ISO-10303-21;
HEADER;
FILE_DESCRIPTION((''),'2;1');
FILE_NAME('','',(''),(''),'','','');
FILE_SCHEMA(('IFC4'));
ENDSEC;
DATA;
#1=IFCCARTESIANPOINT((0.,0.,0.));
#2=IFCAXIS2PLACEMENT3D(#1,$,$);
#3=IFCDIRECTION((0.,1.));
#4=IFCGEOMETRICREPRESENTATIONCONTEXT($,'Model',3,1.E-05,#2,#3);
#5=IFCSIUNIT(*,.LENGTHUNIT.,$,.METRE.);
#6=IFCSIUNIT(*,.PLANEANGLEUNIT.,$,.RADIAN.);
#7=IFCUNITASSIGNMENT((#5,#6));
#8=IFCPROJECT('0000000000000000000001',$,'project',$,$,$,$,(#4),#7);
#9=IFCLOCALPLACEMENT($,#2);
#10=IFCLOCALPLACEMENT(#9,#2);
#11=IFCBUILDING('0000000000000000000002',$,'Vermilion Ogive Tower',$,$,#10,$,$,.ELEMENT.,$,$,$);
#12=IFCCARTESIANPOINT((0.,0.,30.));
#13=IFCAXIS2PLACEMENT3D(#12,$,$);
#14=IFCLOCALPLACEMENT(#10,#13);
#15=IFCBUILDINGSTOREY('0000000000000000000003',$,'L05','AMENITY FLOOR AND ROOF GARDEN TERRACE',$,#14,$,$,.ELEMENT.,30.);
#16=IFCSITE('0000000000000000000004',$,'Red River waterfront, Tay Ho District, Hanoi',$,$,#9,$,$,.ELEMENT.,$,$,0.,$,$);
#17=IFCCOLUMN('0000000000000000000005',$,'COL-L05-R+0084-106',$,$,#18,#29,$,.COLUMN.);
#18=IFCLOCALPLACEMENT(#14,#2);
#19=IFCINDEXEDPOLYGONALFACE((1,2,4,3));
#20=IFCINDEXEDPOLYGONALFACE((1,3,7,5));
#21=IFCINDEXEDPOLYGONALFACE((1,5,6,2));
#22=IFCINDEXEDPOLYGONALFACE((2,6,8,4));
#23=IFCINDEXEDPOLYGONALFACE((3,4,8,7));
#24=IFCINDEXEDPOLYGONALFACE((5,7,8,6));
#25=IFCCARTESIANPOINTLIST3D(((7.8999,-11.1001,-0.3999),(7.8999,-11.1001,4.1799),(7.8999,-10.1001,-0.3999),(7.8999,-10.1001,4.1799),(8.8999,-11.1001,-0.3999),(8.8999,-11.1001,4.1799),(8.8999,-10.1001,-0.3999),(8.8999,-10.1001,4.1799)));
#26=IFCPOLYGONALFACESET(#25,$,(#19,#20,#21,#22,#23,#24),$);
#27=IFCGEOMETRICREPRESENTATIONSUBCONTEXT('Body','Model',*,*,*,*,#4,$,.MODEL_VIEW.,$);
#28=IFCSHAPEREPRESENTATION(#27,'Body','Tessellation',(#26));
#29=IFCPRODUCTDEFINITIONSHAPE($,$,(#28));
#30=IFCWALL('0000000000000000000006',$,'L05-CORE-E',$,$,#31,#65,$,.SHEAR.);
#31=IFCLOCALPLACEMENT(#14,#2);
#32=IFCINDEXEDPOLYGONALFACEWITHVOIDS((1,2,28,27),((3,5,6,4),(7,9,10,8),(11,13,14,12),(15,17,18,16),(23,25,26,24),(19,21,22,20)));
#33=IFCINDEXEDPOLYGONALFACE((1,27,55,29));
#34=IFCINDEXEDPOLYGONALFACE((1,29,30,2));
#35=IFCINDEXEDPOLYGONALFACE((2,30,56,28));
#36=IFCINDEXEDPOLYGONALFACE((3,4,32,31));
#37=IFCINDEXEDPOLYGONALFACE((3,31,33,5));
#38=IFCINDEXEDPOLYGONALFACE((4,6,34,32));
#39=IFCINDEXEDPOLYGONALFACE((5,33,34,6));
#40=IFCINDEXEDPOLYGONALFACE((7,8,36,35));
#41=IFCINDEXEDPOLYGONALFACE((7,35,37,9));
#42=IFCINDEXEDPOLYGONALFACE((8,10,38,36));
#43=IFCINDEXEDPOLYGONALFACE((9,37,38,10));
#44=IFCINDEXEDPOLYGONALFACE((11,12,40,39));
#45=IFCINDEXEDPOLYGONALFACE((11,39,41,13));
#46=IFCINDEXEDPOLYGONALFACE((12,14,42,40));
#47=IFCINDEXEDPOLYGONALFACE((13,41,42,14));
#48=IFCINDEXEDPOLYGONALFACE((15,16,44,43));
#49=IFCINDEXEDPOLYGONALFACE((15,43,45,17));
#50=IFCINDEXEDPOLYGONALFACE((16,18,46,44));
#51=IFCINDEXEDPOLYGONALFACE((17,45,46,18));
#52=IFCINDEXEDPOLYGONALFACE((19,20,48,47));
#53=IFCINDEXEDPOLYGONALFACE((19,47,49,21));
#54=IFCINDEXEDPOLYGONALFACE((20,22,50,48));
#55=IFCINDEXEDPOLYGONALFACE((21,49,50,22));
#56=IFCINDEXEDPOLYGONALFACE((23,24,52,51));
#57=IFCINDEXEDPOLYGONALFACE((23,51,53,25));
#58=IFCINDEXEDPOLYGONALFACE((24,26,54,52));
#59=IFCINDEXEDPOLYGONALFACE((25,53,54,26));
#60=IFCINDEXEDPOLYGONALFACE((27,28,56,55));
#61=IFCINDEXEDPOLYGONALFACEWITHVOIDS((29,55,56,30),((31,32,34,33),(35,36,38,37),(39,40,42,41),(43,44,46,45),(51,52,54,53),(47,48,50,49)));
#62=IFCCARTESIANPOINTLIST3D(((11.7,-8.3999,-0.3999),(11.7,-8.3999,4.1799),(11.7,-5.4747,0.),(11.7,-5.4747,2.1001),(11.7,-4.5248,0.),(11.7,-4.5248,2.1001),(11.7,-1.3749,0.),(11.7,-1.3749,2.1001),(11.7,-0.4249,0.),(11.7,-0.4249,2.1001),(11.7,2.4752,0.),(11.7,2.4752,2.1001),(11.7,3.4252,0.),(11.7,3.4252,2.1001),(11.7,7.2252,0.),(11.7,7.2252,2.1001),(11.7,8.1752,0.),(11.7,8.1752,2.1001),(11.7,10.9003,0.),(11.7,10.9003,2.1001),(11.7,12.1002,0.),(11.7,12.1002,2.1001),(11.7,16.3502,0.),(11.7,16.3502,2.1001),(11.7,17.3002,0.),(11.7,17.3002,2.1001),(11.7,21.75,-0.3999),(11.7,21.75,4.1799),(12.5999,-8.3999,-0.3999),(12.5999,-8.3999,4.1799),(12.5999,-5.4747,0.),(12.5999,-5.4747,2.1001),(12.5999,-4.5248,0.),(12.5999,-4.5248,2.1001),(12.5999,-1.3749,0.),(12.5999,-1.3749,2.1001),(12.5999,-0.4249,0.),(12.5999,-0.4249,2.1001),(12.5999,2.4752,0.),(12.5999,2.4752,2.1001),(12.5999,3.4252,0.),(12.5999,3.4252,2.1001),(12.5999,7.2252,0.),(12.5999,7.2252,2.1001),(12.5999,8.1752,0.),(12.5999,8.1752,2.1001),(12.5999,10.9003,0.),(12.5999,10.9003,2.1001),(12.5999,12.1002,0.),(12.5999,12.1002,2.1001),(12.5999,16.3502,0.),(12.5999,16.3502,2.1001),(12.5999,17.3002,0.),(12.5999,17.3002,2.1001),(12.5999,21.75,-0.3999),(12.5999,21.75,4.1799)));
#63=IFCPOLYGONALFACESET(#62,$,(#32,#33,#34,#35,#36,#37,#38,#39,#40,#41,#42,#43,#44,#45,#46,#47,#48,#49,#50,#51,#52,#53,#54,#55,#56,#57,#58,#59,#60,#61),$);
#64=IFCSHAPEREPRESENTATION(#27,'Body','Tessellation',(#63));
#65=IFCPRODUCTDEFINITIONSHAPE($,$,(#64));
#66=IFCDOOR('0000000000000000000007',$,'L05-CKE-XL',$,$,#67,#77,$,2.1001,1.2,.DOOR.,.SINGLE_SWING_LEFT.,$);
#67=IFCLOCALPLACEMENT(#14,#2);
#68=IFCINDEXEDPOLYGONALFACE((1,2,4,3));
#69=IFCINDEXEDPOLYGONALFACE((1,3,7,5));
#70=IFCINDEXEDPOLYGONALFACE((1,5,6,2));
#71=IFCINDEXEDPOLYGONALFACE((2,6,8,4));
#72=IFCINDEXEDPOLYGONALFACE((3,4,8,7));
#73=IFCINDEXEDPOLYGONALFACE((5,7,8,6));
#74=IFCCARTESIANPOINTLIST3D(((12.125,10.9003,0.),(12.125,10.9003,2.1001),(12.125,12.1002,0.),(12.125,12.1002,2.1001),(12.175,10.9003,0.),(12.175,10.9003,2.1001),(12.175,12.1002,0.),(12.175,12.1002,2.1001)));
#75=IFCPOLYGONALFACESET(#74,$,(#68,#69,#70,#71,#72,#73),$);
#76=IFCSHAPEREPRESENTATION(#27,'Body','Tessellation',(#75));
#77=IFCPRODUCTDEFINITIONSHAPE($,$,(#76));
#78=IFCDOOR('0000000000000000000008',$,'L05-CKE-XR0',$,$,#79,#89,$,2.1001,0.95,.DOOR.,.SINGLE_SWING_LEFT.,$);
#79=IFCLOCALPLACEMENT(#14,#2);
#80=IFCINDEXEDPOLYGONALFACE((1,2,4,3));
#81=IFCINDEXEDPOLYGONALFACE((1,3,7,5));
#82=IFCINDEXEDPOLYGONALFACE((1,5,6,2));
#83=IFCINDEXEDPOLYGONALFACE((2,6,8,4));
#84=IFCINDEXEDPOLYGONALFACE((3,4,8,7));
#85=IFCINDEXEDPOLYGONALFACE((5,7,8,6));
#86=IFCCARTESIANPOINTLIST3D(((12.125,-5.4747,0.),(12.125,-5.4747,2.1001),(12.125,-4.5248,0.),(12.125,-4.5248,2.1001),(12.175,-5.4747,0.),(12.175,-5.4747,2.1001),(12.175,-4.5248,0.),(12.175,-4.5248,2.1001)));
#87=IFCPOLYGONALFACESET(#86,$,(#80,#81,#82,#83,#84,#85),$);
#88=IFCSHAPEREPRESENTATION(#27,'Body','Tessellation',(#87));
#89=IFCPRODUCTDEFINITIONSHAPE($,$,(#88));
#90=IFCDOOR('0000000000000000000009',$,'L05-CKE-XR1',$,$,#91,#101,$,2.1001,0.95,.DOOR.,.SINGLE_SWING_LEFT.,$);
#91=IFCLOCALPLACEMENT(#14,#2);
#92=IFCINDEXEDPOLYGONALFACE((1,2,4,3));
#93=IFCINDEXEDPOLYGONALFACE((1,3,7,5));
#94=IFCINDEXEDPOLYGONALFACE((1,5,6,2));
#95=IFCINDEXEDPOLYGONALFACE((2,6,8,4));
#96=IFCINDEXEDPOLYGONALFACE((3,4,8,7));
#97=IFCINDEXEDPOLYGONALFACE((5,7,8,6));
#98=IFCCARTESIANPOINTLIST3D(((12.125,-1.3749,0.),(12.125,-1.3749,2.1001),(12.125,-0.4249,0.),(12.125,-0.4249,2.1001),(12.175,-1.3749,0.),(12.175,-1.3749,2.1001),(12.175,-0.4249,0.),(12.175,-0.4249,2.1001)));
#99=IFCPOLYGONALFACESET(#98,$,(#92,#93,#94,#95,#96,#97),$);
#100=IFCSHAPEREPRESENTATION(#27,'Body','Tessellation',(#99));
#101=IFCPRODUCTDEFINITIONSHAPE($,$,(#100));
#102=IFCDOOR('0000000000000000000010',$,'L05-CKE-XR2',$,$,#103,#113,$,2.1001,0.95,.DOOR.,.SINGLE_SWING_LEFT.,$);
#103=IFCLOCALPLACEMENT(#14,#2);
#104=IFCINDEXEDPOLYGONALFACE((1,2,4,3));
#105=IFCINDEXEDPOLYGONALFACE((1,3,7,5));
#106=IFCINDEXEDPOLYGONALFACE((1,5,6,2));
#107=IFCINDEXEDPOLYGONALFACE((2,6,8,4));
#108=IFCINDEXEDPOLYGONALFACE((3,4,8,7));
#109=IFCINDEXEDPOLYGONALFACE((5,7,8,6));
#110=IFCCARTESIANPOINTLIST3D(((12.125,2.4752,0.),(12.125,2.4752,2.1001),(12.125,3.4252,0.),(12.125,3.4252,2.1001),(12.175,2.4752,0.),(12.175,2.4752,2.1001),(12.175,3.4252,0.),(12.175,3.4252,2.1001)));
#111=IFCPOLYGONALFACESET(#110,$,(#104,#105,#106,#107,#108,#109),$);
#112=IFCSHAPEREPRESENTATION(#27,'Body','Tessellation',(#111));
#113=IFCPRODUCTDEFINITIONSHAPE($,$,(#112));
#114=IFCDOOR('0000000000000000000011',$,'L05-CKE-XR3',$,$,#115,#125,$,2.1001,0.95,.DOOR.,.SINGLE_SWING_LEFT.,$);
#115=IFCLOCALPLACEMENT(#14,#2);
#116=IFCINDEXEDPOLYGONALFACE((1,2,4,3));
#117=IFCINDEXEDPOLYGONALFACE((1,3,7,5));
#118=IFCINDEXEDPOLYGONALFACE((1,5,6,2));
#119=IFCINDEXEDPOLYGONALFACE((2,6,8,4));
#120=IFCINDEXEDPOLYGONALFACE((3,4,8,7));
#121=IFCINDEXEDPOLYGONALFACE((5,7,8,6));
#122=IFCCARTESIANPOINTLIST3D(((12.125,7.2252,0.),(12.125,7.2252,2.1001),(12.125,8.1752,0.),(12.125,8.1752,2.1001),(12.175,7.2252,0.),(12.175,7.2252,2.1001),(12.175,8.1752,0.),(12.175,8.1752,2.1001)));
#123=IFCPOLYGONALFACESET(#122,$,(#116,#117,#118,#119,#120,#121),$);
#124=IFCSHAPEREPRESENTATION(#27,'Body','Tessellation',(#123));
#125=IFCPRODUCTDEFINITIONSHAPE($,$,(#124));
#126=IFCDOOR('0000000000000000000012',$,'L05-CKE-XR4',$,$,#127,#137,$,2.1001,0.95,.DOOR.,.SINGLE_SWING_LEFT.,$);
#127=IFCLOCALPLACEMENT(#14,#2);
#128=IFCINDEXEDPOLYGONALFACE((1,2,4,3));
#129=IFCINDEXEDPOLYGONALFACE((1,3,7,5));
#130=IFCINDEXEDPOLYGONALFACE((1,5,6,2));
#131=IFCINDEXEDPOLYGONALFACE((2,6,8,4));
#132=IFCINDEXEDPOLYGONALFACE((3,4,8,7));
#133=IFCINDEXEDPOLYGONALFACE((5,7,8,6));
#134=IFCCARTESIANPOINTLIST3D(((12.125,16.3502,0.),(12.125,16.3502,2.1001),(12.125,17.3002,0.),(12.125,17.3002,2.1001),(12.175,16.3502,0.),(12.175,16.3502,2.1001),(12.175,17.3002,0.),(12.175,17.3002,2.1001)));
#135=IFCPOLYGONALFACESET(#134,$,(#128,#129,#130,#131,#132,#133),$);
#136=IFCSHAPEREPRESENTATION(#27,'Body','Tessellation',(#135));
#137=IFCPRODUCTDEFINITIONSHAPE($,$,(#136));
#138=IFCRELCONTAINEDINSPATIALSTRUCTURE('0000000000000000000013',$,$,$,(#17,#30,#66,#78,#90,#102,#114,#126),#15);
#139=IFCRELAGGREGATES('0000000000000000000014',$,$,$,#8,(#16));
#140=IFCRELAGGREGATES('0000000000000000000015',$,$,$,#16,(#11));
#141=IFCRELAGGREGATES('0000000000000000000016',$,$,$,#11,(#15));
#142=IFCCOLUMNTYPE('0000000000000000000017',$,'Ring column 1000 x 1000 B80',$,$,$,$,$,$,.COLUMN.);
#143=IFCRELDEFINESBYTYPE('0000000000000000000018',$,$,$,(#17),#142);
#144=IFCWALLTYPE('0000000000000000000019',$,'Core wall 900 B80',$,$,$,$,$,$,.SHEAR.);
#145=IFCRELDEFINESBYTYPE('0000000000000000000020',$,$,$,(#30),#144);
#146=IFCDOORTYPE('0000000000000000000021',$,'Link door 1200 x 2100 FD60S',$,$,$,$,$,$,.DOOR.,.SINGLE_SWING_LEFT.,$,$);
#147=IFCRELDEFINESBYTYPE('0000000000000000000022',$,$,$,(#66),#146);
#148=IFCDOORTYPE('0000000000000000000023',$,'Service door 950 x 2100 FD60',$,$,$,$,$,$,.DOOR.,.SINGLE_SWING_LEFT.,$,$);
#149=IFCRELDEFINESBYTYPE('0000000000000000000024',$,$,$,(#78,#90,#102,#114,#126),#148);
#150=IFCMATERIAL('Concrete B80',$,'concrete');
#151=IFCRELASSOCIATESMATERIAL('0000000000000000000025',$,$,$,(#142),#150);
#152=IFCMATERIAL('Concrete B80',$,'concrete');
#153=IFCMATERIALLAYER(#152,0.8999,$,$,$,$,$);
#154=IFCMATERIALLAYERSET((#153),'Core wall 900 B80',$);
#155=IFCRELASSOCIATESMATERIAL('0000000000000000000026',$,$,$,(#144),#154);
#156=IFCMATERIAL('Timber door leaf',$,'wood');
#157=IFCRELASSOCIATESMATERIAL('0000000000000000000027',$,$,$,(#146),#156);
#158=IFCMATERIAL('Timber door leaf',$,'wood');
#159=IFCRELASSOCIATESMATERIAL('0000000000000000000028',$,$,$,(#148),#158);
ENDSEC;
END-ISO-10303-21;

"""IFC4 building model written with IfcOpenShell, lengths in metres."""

from ifc_helpers import new_model, si_unit, direction, frame, frame_2d, origin, origin_2d, place, context, subcontext, project, spatial, rectangle, extrude, material, layer, layer_set, material_profile, profile_set, type_object, element, fill, save


model = new_model("IFC4")

# Units and contexts
model_context = context("Model", 3, precision=1e-05, world=origin(), true_north=direction((0.0, 1.0)))
body_context = subcontext(model_context, "Body", "Model", "MODEL_VIEW")
ifc_project = project(units=[si_unit("LENGTHUNIT", "METRE"), si_unit("PLANEANGLEUNIT", "RADIAN")], contexts=[model_context])

# Site, building, storey
site_placement = place(None, origin())
site = spatial("IfcSite", under=ifc_project, at=site_placement, Name="Red River waterfront, Tay Ho District, Hanoi", CompositionType="ELEMENT", RefElevation=0.0)
building_placement = place(site_placement, origin())
building = spatial("IfcBuilding", under=site, at=building_placement, Name="Vermilion Ogive Tower", CompositionType="ELEMENT")
storey_placement = place(building_placement, frame((0.0, 0.0, 30.0)))
storey = spatial("IfcBuildingStorey", under=building, at=storey_placement, Name="L05", Description="AMENITY FLOOR AND ROOF GARDEN TERRACE", CompositionType="ELEMENT", Elevation=30.0)

# Column
ifc_material_1 = material(Name="Concrete B80", Category="concrete")
ifc_material_profile = material_profile(ifc_material_1, rectangle(XDim=1.0, YDim=1.0, at=origin_2d()), Name="1000 x 1000")
ifc_profile_set = profile_set([ifc_material_profile], Name="Concrete B80")
column_type = type_object("IfcColumnType", Name="Ring column 1000 x 1000 B80", PredefinedType="COLUMN", material=ifc_profile_set)
column_placement = place(storey_placement, frame((8.3999, -10.6001, -0.3999), z_axis=(0.0, 0.0, 1.0), x_axis=(1.0, 0.0, 0.0)))
element("IfcColumn", 1, at=column_placement, inside=storey, type_object=column_type, Name="COL-L05-R+0084-106", PredefinedType="COLUMN", context=body_context, shape_type="SweptSolid", body=[
    extrude(rectangle(XDim=1.0, YDim=1.0, at=origin_2d()), origin(), (0.0, 0.0, 1.0), 4.5798),
])

# Wall, openings, doors
ifc_material_2 = material(Name="Concrete B80", Category="concrete")
ifc_layer_1 = layer(ifc_material_2, 0.8999)
ifc_layer_set_1 = layer_set([ifc_layer_1], Name="Core wall 900 B80")
wall_type_1 = type_object("IfcWallType", Name="Core wall 900 B80", PredefinedType="SHEAR", material=ifc_layer_set_1)
wall_1_placement = place(storey_placement, frame((12.1499, -8.3999, -0.3999), z_axis=(0.0, 0.0, 1.0), x_axis=(0.0, 1.0, 0.0)))
wall_1 = element("IfcWall", 2, at=wall_1_placement, inside=storey, type_object=wall_type_1, Name="L05-CORE-E", PredefinedType="SHEAR", context=body_context, shape_type="SweptSolid", body=[
    extrude(rectangle(XDim=30.1499, YDim=0.8999, at=frame_2d((15.075, 0.0))), origin(), (0.0, 0.0, 1.0), 4.5798),
])
opening_1_placement = place(wall_1_placement, frame((2.925, 0.0, 0.3999)))
opening_1 = element("IfcOpeningElement", 3, at=opening_1_placement, cuts=wall_1, PredefinedType="OPENING", context=body_context, shape_type="SweptSolid", body=[
    extrude(rectangle(XDim=0.95, YDim=2.1001, at=frame_2d((0.4751, 1.05))), frame((0.0, 0.46, 0.0), z_axis=(0.0, -1.0, 0.0), x_axis=(1.0, 0.0, 0.0)), (0.0, 0.0, 1.0), 0.9199),
])
opening_2_placement = place(wall_1_placement, frame((7.0249, 0.0, 0.3999)))
opening_2 = element("IfcOpeningElement", 4, at=opening_2_placement, cuts=wall_1, PredefinedType="OPENING", context=body_context, shape_type="SweptSolid", body=[
    extrude(rectangle(XDim=0.95, YDim=2.1001, at=frame_2d((0.4751, 1.05))), frame((0.0, 0.46, 0.0), z_axis=(0.0, -1.0, 0.0), x_axis=(1.0, 0.0, 0.0)), (0.0, 0.0, 1.0), 0.9199),
])
opening_3_placement = place(wall_1_placement, frame((10.875, 0.0, 0.3999)))
opening_3 = element("IfcOpeningElement", 5, at=opening_3_placement, cuts=wall_1, PredefinedType="OPENING", context=body_context, shape_type="SweptSolid", body=[
    extrude(rectangle(XDim=0.95, YDim=2.1001, at=frame_2d((0.4751, 1.05))), frame((0.0, 0.46, 0.0), z_axis=(0.0, -1.0, 0.0), x_axis=(1.0, 0.0, 0.0)), (0.0, 0.0, 1.0), 0.9199),
])
opening_4_placement = place(wall_1_placement, frame((15.625, 0.0, 0.3999)))
opening_4 = element("IfcOpeningElement", 6, at=opening_4_placement, cuts=wall_1, PredefinedType="OPENING", context=body_context, shape_type="SweptSolid", body=[
    extrude(rectangle(XDim=0.95, YDim=2.1001, at=frame_2d((0.4751, 1.05))), frame((0.0, 0.46, 0.0), z_axis=(0.0, -1.0, 0.0), x_axis=(1.0, 0.0, 0.0)), (0.0, 0.0, 1.0), 0.9199),
])
opening_5_placement = place(wall_1_placement, frame((24.75, 0.0, 0.3999)))
opening_5 = element("IfcOpeningElement", 7, at=opening_5_placement, cuts=wall_1, PredefinedType="OPENING", context=body_context, shape_type="SweptSolid", body=[
    extrude(rectangle(XDim=0.95, YDim=2.1001, at=frame_2d((0.4751, 1.05))), frame((0.0, 0.46, 0.0), z_axis=(0.0, -1.0, 0.0), x_axis=(1.0, 0.0, 0.0)), (0.0, 0.0, 1.0), 0.9199),
])
opening_6_placement = place(wall_1_placement, frame((19.3, 0.0, 0.3999)))
opening_6 = element("IfcOpeningElement", 8, at=opening_6_placement, cuts=wall_1, PredefinedType="OPENING", context=body_context, shape_type="SweptSolid", body=[
    extrude(rectangle(XDim=1.2, YDim=2.1001, at=frame_2d((0.6001, 1.05))), frame((0.0, 0.46, 0.0), z_axis=(0.0, -1.0, 0.0), x_axis=(1.0, 0.0, 0.0)), (0.0, 0.0, 1.0), 0.9199),
])
ifc_material_3 = material(Name="Timber door leaf", Category="wood")
door_type_1 = type_object("IfcDoorType", Name="Link door 1200 x 2100 FD60S", OperationType="SINGLE_SWING_LEFT", PredefinedType="DOOR", material=ifc_material_3)
door_1_placement = place(opening_6_placement, origin())
door_1 = element("IfcDoor", 9, at=door_1_placement, inside=storey, type_object=door_type_1, Name="L05-CKE-XL", OperationType="SINGLE_SWING_LEFT", OverallHeight=2.1001, OverallWidth=1.2, PredefinedType="DOOR", context=body_context, shape_type="SweptSolid", body=[
    extrude(rectangle(XDim=1.2, YDim=2.1001, at=frame_2d((0.6001, 1.05))), frame((0.0, 0.0249, 0.0), z_axis=(0.0, -1.0, 0.0), x_axis=(1.0, 0.0, 0.0)), (0.0, 0.0, 1.0), 0.05),
])
fill(opening_6, door_1)
ifc_material_4 = material(Name="Timber door leaf", Category="wood")
door_type_2 = type_object("IfcDoorType", Name="Service door 950 x 2100 FD60", OperationType="SINGLE_SWING_LEFT", PredefinedType="DOOR", material=ifc_material_4)
door_2_placement = place(opening_1_placement, origin())
door_2 = element("IfcDoor", 10, at=door_2_placement, inside=storey, type_object=door_type_2, Name="L05-CKE-XR0", OperationType="SINGLE_SWING_LEFT", OverallHeight=2.1001, OverallWidth=0.95, PredefinedType="DOOR", context=body_context, shape_type="SweptSolid", body=[
    extrude(rectangle(XDim=0.95, YDim=2.1001, at=frame_2d((0.4751, 1.05))), frame((0.0, 0.0249, 0.0), z_axis=(0.0, -1.0, 0.0), x_axis=(1.0, 0.0, 0.0)), (0.0, 0.0, 1.0), 0.05),
])
fill(opening_1, door_2)
door_3_placement = place(opening_2_placement, origin())
door_3 = element("IfcDoor", 11, at=door_3_placement, inside=storey, type_object=door_type_2, Name="L05-CKE-XR1", OperationType="SINGLE_SWING_LEFT", OverallHeight=2.1001, OverallWidth=0.95, PredefinedType="DOOR", context=body_context, shape_type="SweptSolid", body=[
    extrude(rectangle(XDim=0.95, YDim=2.1001, at=frame_2d((0.4751, 1.05))), frame((0.0, 0.0249, 0.0), z_axis=(0.0, -1.0, 0.0), x_axis=(1.0, 0.0, 0.0)), (0.0, 0.0, 1.0), 0.05),
])
fill(opening_2, door_3)
door_4_placement = place(opening_3_placement, origin())
door_4 = element("IfcDoor", 12, at=door_4_placement, inside=storey, type_object=door_type_2, Name="L05-CKE-XR2", OperationType="SINGLE_SWING_LEFT", OverallHeight=2.1001, OverallWidth=0.95, PredefinedType="DOOR", context=body_context, shape_type="SweptSolid", body=[
    extrude(rectangle(XDim=0.95, YDim=2.1001, at=frame_2d((0.4751, 1.05))), frame((0.0, 0.0249, 0.0), z_axis=(0.0, -1.0, 0.0), x_axis=(1.0, 0.0, 0.0)), (0.0, 0.0, 1.0), 0.05),
])
fill(opening_3, door_4)
door_5_placement = place(opening_4_placement, origin())
door_5 = element("IfcDoor", 13, at=door_5_placement, inside=storey, type_object=door_type_2, Name="L05-CKE-XR3", OperationType="SINGLE_SWING_LEFT", OverallHeight=2.1001, OverallWidth=0.95, PredefinedType="DOOR", context=body_context, shape_type="SweptSolid", body=[
    extrude(rectangle(XDim=0.95, YDim=2.1001, at=frame_2d((0.4751, 1.05))), frame((0.0, 0.0249, 0.0), z_axis=(0.0, -1.0, 0.0), x_axis=(1.0, 0.0, 0.0)), (0.0, 0.0, 1.0), 0.05),
])
fill(opening_4, door_5)
door_6_placement = place(opening_5_placement, origin())
door_6 = element("IfcDoor", 14, at=door_6_placement, inside=storey, type_object=door_type_2, Name="L05-CKE-XR4", OperationType="SINGLE_SWING_LEFT", OverallHeight=2.1001, OverallWidth=0.95, PredefinedType="DOOR", context=body_context, shape_type="SweptSolid", body=[
    extrude(rectangle(XDim=0.95, YDim=2.1001, at=frame_2d((0.4751, 1.05))), frame((0.0, 0.0249, 0.0), z_axis=(0.0, -1.0, 0.0), x_axis=(1.0, 0.0, 0.0)), (0.0, 0.0, 1.0), 0.05),
])
fill(opening_5, door_6)

save(model, "model.ifc")
